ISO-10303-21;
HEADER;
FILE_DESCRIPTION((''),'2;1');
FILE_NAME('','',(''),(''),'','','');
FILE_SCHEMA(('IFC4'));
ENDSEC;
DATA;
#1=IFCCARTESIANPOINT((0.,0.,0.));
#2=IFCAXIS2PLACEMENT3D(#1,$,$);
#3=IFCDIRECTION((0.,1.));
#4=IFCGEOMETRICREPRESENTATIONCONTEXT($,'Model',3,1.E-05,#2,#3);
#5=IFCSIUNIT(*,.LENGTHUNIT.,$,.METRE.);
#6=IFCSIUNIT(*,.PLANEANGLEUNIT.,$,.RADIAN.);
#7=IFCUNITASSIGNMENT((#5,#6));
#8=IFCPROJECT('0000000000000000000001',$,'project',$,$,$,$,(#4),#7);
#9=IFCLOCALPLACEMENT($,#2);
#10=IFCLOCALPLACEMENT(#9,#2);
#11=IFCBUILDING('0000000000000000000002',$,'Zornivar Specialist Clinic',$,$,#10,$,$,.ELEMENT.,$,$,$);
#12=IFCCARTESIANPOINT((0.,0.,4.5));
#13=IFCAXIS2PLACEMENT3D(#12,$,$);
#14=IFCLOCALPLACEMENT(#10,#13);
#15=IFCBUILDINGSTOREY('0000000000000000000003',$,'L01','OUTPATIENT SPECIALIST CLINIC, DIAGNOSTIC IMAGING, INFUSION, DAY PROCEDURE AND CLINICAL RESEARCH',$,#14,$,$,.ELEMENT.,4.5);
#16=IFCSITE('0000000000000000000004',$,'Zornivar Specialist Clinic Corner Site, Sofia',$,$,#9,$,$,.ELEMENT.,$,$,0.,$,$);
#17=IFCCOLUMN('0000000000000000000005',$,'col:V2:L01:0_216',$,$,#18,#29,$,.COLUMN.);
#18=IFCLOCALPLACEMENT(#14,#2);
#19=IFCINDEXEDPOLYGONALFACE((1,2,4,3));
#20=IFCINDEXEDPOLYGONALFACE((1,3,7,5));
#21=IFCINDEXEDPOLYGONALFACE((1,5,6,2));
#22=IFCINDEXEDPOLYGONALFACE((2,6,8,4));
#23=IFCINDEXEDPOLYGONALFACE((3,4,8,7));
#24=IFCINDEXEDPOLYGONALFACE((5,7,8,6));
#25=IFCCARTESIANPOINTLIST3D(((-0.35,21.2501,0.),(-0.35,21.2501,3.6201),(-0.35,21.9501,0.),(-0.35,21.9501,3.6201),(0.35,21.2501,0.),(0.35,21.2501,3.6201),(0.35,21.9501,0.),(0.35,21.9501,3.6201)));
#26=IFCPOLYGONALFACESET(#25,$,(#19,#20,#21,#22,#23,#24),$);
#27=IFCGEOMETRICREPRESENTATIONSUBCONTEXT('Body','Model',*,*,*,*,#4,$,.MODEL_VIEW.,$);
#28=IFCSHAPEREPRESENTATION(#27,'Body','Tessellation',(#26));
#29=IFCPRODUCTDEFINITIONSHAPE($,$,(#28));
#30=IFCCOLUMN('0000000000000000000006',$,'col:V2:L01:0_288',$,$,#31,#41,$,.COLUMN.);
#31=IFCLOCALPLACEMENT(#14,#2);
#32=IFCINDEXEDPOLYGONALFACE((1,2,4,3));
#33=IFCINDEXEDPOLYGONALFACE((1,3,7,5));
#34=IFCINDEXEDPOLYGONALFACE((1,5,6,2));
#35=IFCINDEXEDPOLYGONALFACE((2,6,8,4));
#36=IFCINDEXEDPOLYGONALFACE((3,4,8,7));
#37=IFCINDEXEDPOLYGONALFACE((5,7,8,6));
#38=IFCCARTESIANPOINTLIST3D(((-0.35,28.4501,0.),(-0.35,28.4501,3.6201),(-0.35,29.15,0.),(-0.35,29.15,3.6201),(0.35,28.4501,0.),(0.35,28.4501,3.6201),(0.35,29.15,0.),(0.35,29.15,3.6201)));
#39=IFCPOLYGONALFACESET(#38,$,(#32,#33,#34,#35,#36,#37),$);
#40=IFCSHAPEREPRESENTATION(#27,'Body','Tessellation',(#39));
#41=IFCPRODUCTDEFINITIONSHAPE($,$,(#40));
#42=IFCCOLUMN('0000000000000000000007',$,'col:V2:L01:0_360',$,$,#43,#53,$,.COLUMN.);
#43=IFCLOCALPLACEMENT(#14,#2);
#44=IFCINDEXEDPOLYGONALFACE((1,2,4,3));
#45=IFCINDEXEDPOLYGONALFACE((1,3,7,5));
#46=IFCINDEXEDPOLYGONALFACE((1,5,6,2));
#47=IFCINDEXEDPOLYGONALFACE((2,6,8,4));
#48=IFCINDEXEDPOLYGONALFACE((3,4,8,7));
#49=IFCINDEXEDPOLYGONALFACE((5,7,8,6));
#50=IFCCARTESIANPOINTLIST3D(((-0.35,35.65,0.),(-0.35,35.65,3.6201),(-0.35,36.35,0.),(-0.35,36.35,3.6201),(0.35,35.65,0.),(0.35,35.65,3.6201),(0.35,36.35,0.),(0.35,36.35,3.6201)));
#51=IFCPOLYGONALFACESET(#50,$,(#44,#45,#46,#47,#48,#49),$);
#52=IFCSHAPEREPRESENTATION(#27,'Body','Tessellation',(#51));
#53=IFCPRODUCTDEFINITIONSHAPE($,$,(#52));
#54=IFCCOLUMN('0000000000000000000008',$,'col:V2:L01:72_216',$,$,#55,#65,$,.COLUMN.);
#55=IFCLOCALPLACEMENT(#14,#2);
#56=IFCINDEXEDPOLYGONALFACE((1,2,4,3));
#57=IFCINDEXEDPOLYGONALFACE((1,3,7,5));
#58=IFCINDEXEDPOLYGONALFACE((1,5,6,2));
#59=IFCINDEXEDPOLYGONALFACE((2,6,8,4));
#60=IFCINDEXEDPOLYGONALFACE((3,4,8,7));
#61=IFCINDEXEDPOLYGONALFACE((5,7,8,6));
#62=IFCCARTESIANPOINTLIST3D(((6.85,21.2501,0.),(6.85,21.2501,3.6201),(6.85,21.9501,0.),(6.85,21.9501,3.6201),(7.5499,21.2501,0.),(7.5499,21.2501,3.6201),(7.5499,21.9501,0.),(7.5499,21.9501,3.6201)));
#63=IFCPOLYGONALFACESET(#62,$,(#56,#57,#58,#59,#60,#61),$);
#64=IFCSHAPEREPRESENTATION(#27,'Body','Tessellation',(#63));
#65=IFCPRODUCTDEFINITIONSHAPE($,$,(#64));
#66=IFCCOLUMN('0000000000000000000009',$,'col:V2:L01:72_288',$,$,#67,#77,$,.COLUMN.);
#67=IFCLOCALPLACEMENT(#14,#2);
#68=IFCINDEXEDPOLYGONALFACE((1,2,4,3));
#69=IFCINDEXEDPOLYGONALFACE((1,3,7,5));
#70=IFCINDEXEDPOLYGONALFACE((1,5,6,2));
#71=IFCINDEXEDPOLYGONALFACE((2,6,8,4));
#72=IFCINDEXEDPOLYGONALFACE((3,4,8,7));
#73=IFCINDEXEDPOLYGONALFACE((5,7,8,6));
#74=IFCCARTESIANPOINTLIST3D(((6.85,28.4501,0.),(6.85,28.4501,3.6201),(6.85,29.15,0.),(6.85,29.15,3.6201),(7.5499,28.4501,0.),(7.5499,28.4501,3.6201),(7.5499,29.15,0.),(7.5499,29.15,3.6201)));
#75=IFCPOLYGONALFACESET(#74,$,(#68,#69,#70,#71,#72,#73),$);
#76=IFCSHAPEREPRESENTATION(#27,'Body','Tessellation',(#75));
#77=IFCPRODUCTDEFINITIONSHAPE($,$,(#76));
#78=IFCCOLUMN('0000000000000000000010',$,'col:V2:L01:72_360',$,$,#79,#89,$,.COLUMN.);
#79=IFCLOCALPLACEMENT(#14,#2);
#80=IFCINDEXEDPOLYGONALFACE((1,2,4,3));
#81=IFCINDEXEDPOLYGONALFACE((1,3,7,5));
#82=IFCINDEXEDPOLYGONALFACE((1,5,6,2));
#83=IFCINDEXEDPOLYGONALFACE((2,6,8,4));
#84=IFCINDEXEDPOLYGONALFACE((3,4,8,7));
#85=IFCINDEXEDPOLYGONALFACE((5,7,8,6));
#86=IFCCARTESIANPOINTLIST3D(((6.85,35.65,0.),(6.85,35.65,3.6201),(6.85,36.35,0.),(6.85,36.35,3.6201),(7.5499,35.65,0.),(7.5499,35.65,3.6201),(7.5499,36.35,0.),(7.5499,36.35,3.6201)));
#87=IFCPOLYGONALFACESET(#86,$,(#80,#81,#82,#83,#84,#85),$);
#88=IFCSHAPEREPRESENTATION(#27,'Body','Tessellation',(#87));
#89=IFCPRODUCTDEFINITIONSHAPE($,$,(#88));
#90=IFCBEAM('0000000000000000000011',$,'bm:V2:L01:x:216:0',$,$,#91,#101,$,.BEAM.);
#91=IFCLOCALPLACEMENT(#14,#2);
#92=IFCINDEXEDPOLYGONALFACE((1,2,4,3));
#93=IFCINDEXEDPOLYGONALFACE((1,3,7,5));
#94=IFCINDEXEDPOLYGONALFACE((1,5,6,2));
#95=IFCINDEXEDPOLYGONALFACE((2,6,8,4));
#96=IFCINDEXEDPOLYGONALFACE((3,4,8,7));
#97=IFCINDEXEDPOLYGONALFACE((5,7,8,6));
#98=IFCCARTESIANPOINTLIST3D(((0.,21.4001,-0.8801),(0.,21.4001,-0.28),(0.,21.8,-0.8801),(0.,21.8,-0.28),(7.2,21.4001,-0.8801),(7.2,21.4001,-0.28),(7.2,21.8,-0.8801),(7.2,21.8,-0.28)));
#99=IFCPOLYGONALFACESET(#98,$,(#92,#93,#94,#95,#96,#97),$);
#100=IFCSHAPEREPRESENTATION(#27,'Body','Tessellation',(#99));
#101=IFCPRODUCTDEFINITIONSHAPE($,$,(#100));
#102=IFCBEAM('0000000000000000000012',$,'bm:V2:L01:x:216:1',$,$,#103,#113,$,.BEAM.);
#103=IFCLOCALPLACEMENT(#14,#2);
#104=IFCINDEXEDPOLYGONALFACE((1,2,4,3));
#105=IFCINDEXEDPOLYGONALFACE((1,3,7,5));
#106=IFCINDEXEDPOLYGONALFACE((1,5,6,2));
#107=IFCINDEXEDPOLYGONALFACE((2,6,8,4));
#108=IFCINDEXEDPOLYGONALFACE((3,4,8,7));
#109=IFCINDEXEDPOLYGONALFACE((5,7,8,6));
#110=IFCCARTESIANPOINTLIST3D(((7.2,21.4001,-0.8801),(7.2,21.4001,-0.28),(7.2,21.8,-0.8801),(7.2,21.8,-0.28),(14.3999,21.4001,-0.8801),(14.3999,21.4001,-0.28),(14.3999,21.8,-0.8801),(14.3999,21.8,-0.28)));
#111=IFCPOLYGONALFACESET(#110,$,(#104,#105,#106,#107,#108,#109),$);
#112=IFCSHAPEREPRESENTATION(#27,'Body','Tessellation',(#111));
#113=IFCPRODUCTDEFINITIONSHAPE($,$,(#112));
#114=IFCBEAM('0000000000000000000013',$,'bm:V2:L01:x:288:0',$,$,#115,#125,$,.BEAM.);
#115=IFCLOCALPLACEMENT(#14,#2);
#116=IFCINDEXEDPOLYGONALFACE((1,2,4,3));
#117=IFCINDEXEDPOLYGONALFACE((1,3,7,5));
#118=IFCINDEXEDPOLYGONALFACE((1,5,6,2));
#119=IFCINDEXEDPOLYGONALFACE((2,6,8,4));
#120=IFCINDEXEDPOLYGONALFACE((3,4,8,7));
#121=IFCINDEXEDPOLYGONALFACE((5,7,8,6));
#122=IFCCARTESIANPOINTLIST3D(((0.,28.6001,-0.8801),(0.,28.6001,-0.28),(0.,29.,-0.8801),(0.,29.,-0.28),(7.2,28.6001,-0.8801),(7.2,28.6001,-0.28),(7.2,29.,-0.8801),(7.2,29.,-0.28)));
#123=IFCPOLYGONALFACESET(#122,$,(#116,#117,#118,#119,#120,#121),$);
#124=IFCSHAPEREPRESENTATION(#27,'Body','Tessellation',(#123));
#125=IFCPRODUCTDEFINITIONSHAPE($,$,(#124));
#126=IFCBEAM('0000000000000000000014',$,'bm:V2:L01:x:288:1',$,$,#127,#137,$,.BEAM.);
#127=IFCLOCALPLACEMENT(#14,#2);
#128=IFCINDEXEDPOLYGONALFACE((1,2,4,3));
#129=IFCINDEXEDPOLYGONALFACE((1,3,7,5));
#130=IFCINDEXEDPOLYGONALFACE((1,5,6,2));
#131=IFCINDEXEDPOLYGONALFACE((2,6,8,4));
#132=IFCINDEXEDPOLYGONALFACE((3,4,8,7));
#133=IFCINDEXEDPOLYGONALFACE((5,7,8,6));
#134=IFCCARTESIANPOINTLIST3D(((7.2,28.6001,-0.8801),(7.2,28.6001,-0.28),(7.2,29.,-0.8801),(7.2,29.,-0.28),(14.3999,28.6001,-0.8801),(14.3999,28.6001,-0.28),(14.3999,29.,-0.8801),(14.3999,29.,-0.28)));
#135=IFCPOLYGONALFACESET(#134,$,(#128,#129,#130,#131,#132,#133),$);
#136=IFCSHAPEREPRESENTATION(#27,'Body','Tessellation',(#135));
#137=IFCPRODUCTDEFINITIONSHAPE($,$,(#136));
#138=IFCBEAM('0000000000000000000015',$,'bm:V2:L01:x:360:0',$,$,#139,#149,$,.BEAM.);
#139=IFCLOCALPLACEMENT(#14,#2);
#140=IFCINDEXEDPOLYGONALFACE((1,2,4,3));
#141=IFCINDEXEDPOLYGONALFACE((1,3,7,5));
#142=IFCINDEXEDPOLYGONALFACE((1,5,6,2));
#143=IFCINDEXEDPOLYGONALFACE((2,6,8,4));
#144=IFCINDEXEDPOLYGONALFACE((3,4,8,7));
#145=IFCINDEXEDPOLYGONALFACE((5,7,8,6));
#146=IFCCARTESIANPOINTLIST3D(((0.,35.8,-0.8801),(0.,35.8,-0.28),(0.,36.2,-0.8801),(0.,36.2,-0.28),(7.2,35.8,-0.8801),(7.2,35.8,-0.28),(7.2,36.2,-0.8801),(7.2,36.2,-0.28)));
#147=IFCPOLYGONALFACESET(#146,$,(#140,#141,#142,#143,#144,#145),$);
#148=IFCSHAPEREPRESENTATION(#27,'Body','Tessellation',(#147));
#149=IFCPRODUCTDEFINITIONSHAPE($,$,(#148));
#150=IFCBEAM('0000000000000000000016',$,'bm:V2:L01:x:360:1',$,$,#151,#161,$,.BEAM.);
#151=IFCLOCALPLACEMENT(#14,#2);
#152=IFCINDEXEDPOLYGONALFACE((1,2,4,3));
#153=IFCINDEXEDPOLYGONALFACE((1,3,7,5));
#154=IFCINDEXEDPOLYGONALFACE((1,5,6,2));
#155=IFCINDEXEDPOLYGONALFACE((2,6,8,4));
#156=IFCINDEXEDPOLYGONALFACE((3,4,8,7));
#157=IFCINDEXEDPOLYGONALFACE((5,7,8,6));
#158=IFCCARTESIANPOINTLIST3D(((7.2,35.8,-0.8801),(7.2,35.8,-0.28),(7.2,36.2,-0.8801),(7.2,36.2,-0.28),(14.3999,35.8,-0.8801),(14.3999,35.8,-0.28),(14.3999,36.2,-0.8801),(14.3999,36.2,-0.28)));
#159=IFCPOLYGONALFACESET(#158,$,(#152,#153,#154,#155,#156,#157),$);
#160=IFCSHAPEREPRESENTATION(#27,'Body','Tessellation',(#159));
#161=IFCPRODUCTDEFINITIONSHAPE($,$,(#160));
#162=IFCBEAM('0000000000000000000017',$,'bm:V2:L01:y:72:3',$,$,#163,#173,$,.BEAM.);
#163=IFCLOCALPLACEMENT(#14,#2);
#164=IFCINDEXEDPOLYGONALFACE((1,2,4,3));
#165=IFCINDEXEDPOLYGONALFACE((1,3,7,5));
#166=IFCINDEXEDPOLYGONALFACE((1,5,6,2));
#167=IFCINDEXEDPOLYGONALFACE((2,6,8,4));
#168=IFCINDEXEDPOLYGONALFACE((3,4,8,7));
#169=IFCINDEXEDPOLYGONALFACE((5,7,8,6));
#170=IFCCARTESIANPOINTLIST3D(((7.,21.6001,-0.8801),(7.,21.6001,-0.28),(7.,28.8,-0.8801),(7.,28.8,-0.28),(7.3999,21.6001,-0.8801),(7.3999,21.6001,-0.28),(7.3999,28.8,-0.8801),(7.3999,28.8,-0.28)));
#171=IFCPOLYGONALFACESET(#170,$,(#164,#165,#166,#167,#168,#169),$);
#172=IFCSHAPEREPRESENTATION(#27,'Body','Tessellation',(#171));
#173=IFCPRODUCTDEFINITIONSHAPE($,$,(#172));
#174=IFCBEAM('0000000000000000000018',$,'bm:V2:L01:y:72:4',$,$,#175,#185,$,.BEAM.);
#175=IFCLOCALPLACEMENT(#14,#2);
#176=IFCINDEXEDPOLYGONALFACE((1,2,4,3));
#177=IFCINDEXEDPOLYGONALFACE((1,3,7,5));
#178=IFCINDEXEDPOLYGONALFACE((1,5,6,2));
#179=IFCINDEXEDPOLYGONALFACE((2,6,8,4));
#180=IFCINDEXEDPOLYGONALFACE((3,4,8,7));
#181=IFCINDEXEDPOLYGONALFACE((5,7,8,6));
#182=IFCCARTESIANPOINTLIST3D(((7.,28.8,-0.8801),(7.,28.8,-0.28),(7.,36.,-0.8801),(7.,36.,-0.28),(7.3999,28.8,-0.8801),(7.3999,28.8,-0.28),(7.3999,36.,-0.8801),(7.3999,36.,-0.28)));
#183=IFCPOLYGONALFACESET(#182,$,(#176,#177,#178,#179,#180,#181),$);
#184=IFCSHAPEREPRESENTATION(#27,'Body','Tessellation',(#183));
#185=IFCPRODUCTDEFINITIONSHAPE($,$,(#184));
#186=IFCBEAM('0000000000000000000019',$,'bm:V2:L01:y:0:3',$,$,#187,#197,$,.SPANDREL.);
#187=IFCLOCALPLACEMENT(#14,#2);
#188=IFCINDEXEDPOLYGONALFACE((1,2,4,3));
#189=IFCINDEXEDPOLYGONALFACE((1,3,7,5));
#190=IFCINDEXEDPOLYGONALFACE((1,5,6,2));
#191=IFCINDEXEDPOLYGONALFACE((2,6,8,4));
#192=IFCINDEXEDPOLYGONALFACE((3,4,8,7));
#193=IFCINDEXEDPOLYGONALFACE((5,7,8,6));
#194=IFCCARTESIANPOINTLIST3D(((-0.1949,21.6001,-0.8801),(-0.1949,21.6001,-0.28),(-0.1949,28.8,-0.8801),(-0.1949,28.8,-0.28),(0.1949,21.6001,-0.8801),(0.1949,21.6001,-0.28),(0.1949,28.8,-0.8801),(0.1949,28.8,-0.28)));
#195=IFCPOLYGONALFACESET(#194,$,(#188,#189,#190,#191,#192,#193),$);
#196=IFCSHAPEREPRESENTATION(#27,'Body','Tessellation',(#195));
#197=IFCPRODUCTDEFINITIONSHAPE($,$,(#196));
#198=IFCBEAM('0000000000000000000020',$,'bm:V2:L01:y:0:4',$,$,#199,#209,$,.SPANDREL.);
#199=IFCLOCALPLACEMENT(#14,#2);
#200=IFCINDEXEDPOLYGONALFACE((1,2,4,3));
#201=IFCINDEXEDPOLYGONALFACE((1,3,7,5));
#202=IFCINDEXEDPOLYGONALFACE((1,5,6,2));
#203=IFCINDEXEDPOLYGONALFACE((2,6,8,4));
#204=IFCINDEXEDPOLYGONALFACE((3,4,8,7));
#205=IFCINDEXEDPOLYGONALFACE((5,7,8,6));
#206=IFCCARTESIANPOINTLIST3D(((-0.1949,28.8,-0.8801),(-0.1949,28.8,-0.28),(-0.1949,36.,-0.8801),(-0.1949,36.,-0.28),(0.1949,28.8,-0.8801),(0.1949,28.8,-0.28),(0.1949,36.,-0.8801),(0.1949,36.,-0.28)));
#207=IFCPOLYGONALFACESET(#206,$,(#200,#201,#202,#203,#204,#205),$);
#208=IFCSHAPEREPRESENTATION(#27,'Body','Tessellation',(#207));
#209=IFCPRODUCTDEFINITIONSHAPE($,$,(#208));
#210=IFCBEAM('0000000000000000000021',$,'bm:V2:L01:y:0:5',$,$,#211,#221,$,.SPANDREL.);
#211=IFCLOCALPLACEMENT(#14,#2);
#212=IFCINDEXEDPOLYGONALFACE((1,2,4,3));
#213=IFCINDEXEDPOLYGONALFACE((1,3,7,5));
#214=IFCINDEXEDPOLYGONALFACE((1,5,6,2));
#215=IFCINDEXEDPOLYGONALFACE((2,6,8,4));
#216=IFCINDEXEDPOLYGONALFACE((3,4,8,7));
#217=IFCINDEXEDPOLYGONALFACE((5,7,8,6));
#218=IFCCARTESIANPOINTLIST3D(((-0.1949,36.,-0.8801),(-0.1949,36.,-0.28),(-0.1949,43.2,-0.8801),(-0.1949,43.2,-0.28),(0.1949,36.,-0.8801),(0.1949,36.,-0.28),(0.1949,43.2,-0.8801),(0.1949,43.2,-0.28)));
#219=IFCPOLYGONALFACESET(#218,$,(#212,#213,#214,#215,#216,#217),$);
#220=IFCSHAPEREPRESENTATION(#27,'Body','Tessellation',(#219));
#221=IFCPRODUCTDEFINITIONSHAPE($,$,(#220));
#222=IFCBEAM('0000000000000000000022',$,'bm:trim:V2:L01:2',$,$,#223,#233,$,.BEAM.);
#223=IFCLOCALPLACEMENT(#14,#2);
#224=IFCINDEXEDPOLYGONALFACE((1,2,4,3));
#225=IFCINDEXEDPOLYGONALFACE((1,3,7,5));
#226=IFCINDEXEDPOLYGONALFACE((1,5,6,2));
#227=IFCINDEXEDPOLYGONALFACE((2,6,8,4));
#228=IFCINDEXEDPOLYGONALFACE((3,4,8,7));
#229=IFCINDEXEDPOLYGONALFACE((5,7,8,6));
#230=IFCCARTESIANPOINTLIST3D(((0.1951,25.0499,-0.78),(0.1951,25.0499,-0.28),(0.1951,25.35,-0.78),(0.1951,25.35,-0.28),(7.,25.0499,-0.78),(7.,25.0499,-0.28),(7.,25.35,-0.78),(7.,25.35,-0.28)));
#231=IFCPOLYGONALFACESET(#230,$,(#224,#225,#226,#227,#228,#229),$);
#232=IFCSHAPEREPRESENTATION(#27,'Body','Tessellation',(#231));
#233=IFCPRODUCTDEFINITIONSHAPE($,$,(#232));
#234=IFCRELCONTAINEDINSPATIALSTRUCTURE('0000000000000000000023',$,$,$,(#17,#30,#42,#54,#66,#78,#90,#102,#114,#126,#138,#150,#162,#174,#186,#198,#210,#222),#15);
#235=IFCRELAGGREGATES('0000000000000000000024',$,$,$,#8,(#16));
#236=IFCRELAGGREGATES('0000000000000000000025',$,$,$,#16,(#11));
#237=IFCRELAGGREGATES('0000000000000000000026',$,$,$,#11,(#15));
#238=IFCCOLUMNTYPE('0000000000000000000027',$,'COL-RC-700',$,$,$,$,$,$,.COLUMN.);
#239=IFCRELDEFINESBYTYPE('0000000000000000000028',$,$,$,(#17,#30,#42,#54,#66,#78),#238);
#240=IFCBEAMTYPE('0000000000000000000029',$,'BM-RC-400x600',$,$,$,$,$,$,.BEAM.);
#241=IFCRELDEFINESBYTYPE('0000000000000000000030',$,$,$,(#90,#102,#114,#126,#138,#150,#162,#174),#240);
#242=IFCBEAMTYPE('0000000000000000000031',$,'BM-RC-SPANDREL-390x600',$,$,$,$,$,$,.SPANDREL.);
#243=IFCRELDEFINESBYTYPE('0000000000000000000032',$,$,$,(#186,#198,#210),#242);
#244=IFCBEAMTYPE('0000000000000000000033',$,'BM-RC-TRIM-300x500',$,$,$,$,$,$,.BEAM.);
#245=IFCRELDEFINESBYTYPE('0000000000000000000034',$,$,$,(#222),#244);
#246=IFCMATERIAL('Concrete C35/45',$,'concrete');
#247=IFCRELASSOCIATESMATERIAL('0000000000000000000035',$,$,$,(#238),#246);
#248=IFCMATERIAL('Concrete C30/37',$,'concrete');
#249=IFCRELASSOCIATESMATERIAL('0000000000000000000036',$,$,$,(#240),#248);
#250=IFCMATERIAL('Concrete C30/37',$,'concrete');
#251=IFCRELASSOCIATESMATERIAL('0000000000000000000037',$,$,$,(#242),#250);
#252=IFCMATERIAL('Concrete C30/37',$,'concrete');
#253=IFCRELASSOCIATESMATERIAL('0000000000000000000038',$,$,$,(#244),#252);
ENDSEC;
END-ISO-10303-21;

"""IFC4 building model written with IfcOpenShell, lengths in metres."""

from ifc_helpers import new_model, si_unit, direction, frame, origin, origin_2d, place, context, subcontext, project, spatial, rectangle, extrude, material, material_profile, profile_set, type_object, element, save


model = new_model("IFC4")

# Units and contexts
model_context = context("Model", 3, precision=1e-05, world=origin(), true_north=direction((0.0, 1.0)))
body_context = subcontext(model_context, "Body", "Model", "MODEL_VIEW")
ifc_project = project(units=[si_unit("LENGTHUNIT", "METRE"), si_unit("PLANEANGLEUNIT", "RADIAN")], contexts=[model_context])

# Site, building, storey
site_placement = place(None, origin())
site = spatial("IfcSite", under=ifc_project, at=site_placement, Name="Zornivar Specialist Clinic Corner Site, Sofia", CompositionType="ELEMENT", RefElevation=0.0)
building_placement = place(site_placement, origin())
building = spatial("IfcBuilding", under=site, at=building_placement, Name="Zornivar Specialist Clinic", CompositionType="ELEMENT")
storey_placement = place(building_placement, frame((0.0, 0.0, 4.5)))
storey = spatial("IfcBuildingStorey", under=building, at=storey_placement, Name="L01", Description="OUTPATIENT SPECIALIST CLINIC, DIAGNOSTIC IMAGING, INFUSION, DAY PROCEDURE AND CLINICAL RESEARCH", CompositionType="ELEMENT", Elevation=4.5)

# Columns
ifc_material_1 = material(Name="Concrete C35/45", Category="concrete")
ifc_material_profile_1 = material_profile(ifc_material_1, rectangle(XDim=0.7, YDim=0.7, at=origin_2d()), Name="RC 700x700")
ifc_profile_set_1 = profile_set([ifc_material_profile_1], Name="Concrete C35/45")
column_type = type_object("IfcColumnType", Name="COL-RC-700", PredefinedType="COLUMN", material=ifc_profile_set_1)
for number, where, z_axis, x_axis, name in (
    (1, (0.0, 21.6001, 0.0), (0.0, 0.0, 1.0), (1.0, 0.0, 0.0), "col:V2:L01:0_216"),
    (2, (0.0, 28.8, 0.0), (0.0, 0.0, 1.0), (1.0, 0.0, 0.0), "col:V2:L01:0_288"),
    (3, (0.0, 36.0, 0.0), (0.0, 0.0, 1.0), (1.0, 0.0, 0.0), "col:V2:L01:0_360"),
    (4, (7.2, 21.6001, 0.0), (0.0, 0.0, 1.0), (1.0, 0.0, 0.0), "col:V2:L01:72_216"),
    (5, (7.2, 28.8, 0.0), (0.0, 0.0, 1.0), (1.0, 0.0, 0.0), "col:V2:L01:72_288"),
    (6, (7.2, 36.0, 0.0), (0.0, 0.0, 1.0), (1.0, 0.0, 0.0), "col:V2:L01:72_360"),
):
    element("IfcColumn", number, at=place(storey_placement, frame(where, z_axis=z_axis, x_axis=x_axis)), inside=storey, type_object=column_type, Name=name, PredefinedType="COLUMN", context=body_context, shape_type="SweptSolid", body=[
        extrude(rectangle(XDim=0.7, YDim=0.7, at=origin_2d()), origin(), (0.0, 0.0, 1.0), 3.6201),
    ])

# Beams
ifc_material_2 = material(Name="Concrete C30/37", Category="concrete")
ifc_material_profile_2 = material_profile(ifc_material_2, rectangle(XDim=0.3999, YDim=0.6001, at=origin_2d()), Name="RC 400x600")
ifc_profile_set_2 = profile_set([ifc_material_profile_2], Name="Concrete C30/37")
beam_type_1 = type_object("IfcBeamType", Name="BM-RC-400x600", PredefinedType="BEAM", material=ifc_profile_set_2)
for number, where, z_axis, x_axis, name in (
    (7, (0.0, 21.6001, -0.5801), (1.0, 0.0, 0.0), (0.0, 1.0, 0.0), "bm:V2:L01:x:216:0"),
    (8, (7.2, 21.6001, -0.5801), (1.0, 0.0, 0.0), (0.0, 1.0, 0.0), "bm:V2:L01:x:216:1"),
    (9, (0.0, 28.8, -0.5801), (1.0, 0.0, 0.0), (0.0, 1.0, 0.0), "bm:V2:L01:x:288:0"),
    (10, (7.2, 28.8, -0.5801), (1.0, 0.0, 0.0), (0.0, 1.0, 0.0), "bm:V2:L01:x:288:1"),
    (11, (0.0, 36.0, -0.5801), (1.0, 0.0, 0.0), (0.0, 1.0, 0.0), "bm:V2:L01:x:360:0"),
    (12, (7.2, 36.0, -0.5801), (1.0, 0.0, 0.0), (0.0, 1.0, 0.0), "bm:V2:L01:x:360:1"),
    (13, (7.2, 21.6001, -0.5801), (0.0, 1.0, 0.0), (-1.0, 0.0, 0.0), "bm:V2:L01:y:72:3"),
    (14, (7.2, 28.8, -0.5801), (0.0, 1.0, 0.0), (-1.0, 0.0, 0.0), "bm:V2:L01:y:72:4"),
):
    element("IfcBeam", number, at=place(storey_placement, frame(where, z_axis=z_axis, x_axis=x_axis)), inside=storey, type_object=beam_type_1, Name=name, PredefinedType="BEAM", context=body_context, shape_type="SweptSolid", body=[
        extrude(rectangle(XDim=0.3999, YDim=0.6001, at=origin_2d()), origin(), (0.0, 0.0, 1.0), 7.2),
    ])
ifc_material_3 = material(Name="Concrete C30/37", Category="concrete")
ifc_material_profile_3 = material_profile(ifc_material_3, rectangle(XDim=0.3899, YDim=0.6001, at=origin_2d()), Name="RC 390x600")
ifc_profile_set_3 = profile_set([ifc_material_profile_3], Name="Concrete C30/37")
beam_type_2 = type_object("IfcBeamType", Name="BM-RC-SPANDREL-390x600", PredefinedType="SPANDREL", material=ifc_profile_set_3)
for number, where, z_axis, x_axis, name in (
    (15, (0.0, 21.6001, -0.5801), (0.0, 1.0, 0.0), (-1.0, 0.0, 0.0), "bm:V2:L01:y:0:3"),
    (16, (0.0, 28.8, -0.5801), (0.0, 1.0, 0.0), (-1.0, 0.0, 0.0), "bm:V2:L01:y:0:4"),
    (17, (0.0, 36.0, -0.5801), (0.0, 1.0, 0.0), (-1.0, 0.0, 0.0), "bm:V2:L01:y:0:5"),
):
    element("IfcBeam", number, at=place(storey_placement, frame(where, z_axis=z_axis, x_axis=x_axis)), inside=storey, type_object=beam_type_2, Name=name, PredefinedType="SPANDREL", context=body_context, shape_type="SweptSolid", body=[
        extrude(rectangle(XDim=0.3899, YDim=0.6001, at=origin_2d()), origin(), (0.0, 0.0, 1.0), 7.2),
    ])
ifc_material_4 = material(Name="Concrete C30/37", Category="concrete")
ifc_material_profile_4 = material_profile(ifc_material_4, rectangle(XDim=0.3, YDim=0.5, at=origin_2d()), Name="RC 300x500")
ifc_profile_set_4 = profile_set([ifc_material_profile_4], Name="Concrete C30/37")
beam_type_3 = type_object("IfcBeamType", Name="BM-RC-TRIM-300x500", PredefinedType="BEAM", material=ifc_profile_set_4)
for number, where, z_axis, x_axis, name in (
    (18, (0.1951, 25.2, -0.53), (1.0, 0.0, 0.0), (0.0, 1.0, 0.0), "bm:trim:V2:L01:2"),
):
    element("IfcBeam", number, at=place(storey_placement, frame(where, z_axis=z_axis, x_axis=x_axis)), inside=storey, type_object=beam_type_3, Name=name, PredefinedType="BEAM", context=body_context, shape_type="SweptSolid", body=[
        extrude(rectangle(XDim=0.3, YDim=0.5, at=origin_2d()), origin(), (0.0, 0.0, 1.0), 6.8049),
    ])

save(model, "model.ifc")
